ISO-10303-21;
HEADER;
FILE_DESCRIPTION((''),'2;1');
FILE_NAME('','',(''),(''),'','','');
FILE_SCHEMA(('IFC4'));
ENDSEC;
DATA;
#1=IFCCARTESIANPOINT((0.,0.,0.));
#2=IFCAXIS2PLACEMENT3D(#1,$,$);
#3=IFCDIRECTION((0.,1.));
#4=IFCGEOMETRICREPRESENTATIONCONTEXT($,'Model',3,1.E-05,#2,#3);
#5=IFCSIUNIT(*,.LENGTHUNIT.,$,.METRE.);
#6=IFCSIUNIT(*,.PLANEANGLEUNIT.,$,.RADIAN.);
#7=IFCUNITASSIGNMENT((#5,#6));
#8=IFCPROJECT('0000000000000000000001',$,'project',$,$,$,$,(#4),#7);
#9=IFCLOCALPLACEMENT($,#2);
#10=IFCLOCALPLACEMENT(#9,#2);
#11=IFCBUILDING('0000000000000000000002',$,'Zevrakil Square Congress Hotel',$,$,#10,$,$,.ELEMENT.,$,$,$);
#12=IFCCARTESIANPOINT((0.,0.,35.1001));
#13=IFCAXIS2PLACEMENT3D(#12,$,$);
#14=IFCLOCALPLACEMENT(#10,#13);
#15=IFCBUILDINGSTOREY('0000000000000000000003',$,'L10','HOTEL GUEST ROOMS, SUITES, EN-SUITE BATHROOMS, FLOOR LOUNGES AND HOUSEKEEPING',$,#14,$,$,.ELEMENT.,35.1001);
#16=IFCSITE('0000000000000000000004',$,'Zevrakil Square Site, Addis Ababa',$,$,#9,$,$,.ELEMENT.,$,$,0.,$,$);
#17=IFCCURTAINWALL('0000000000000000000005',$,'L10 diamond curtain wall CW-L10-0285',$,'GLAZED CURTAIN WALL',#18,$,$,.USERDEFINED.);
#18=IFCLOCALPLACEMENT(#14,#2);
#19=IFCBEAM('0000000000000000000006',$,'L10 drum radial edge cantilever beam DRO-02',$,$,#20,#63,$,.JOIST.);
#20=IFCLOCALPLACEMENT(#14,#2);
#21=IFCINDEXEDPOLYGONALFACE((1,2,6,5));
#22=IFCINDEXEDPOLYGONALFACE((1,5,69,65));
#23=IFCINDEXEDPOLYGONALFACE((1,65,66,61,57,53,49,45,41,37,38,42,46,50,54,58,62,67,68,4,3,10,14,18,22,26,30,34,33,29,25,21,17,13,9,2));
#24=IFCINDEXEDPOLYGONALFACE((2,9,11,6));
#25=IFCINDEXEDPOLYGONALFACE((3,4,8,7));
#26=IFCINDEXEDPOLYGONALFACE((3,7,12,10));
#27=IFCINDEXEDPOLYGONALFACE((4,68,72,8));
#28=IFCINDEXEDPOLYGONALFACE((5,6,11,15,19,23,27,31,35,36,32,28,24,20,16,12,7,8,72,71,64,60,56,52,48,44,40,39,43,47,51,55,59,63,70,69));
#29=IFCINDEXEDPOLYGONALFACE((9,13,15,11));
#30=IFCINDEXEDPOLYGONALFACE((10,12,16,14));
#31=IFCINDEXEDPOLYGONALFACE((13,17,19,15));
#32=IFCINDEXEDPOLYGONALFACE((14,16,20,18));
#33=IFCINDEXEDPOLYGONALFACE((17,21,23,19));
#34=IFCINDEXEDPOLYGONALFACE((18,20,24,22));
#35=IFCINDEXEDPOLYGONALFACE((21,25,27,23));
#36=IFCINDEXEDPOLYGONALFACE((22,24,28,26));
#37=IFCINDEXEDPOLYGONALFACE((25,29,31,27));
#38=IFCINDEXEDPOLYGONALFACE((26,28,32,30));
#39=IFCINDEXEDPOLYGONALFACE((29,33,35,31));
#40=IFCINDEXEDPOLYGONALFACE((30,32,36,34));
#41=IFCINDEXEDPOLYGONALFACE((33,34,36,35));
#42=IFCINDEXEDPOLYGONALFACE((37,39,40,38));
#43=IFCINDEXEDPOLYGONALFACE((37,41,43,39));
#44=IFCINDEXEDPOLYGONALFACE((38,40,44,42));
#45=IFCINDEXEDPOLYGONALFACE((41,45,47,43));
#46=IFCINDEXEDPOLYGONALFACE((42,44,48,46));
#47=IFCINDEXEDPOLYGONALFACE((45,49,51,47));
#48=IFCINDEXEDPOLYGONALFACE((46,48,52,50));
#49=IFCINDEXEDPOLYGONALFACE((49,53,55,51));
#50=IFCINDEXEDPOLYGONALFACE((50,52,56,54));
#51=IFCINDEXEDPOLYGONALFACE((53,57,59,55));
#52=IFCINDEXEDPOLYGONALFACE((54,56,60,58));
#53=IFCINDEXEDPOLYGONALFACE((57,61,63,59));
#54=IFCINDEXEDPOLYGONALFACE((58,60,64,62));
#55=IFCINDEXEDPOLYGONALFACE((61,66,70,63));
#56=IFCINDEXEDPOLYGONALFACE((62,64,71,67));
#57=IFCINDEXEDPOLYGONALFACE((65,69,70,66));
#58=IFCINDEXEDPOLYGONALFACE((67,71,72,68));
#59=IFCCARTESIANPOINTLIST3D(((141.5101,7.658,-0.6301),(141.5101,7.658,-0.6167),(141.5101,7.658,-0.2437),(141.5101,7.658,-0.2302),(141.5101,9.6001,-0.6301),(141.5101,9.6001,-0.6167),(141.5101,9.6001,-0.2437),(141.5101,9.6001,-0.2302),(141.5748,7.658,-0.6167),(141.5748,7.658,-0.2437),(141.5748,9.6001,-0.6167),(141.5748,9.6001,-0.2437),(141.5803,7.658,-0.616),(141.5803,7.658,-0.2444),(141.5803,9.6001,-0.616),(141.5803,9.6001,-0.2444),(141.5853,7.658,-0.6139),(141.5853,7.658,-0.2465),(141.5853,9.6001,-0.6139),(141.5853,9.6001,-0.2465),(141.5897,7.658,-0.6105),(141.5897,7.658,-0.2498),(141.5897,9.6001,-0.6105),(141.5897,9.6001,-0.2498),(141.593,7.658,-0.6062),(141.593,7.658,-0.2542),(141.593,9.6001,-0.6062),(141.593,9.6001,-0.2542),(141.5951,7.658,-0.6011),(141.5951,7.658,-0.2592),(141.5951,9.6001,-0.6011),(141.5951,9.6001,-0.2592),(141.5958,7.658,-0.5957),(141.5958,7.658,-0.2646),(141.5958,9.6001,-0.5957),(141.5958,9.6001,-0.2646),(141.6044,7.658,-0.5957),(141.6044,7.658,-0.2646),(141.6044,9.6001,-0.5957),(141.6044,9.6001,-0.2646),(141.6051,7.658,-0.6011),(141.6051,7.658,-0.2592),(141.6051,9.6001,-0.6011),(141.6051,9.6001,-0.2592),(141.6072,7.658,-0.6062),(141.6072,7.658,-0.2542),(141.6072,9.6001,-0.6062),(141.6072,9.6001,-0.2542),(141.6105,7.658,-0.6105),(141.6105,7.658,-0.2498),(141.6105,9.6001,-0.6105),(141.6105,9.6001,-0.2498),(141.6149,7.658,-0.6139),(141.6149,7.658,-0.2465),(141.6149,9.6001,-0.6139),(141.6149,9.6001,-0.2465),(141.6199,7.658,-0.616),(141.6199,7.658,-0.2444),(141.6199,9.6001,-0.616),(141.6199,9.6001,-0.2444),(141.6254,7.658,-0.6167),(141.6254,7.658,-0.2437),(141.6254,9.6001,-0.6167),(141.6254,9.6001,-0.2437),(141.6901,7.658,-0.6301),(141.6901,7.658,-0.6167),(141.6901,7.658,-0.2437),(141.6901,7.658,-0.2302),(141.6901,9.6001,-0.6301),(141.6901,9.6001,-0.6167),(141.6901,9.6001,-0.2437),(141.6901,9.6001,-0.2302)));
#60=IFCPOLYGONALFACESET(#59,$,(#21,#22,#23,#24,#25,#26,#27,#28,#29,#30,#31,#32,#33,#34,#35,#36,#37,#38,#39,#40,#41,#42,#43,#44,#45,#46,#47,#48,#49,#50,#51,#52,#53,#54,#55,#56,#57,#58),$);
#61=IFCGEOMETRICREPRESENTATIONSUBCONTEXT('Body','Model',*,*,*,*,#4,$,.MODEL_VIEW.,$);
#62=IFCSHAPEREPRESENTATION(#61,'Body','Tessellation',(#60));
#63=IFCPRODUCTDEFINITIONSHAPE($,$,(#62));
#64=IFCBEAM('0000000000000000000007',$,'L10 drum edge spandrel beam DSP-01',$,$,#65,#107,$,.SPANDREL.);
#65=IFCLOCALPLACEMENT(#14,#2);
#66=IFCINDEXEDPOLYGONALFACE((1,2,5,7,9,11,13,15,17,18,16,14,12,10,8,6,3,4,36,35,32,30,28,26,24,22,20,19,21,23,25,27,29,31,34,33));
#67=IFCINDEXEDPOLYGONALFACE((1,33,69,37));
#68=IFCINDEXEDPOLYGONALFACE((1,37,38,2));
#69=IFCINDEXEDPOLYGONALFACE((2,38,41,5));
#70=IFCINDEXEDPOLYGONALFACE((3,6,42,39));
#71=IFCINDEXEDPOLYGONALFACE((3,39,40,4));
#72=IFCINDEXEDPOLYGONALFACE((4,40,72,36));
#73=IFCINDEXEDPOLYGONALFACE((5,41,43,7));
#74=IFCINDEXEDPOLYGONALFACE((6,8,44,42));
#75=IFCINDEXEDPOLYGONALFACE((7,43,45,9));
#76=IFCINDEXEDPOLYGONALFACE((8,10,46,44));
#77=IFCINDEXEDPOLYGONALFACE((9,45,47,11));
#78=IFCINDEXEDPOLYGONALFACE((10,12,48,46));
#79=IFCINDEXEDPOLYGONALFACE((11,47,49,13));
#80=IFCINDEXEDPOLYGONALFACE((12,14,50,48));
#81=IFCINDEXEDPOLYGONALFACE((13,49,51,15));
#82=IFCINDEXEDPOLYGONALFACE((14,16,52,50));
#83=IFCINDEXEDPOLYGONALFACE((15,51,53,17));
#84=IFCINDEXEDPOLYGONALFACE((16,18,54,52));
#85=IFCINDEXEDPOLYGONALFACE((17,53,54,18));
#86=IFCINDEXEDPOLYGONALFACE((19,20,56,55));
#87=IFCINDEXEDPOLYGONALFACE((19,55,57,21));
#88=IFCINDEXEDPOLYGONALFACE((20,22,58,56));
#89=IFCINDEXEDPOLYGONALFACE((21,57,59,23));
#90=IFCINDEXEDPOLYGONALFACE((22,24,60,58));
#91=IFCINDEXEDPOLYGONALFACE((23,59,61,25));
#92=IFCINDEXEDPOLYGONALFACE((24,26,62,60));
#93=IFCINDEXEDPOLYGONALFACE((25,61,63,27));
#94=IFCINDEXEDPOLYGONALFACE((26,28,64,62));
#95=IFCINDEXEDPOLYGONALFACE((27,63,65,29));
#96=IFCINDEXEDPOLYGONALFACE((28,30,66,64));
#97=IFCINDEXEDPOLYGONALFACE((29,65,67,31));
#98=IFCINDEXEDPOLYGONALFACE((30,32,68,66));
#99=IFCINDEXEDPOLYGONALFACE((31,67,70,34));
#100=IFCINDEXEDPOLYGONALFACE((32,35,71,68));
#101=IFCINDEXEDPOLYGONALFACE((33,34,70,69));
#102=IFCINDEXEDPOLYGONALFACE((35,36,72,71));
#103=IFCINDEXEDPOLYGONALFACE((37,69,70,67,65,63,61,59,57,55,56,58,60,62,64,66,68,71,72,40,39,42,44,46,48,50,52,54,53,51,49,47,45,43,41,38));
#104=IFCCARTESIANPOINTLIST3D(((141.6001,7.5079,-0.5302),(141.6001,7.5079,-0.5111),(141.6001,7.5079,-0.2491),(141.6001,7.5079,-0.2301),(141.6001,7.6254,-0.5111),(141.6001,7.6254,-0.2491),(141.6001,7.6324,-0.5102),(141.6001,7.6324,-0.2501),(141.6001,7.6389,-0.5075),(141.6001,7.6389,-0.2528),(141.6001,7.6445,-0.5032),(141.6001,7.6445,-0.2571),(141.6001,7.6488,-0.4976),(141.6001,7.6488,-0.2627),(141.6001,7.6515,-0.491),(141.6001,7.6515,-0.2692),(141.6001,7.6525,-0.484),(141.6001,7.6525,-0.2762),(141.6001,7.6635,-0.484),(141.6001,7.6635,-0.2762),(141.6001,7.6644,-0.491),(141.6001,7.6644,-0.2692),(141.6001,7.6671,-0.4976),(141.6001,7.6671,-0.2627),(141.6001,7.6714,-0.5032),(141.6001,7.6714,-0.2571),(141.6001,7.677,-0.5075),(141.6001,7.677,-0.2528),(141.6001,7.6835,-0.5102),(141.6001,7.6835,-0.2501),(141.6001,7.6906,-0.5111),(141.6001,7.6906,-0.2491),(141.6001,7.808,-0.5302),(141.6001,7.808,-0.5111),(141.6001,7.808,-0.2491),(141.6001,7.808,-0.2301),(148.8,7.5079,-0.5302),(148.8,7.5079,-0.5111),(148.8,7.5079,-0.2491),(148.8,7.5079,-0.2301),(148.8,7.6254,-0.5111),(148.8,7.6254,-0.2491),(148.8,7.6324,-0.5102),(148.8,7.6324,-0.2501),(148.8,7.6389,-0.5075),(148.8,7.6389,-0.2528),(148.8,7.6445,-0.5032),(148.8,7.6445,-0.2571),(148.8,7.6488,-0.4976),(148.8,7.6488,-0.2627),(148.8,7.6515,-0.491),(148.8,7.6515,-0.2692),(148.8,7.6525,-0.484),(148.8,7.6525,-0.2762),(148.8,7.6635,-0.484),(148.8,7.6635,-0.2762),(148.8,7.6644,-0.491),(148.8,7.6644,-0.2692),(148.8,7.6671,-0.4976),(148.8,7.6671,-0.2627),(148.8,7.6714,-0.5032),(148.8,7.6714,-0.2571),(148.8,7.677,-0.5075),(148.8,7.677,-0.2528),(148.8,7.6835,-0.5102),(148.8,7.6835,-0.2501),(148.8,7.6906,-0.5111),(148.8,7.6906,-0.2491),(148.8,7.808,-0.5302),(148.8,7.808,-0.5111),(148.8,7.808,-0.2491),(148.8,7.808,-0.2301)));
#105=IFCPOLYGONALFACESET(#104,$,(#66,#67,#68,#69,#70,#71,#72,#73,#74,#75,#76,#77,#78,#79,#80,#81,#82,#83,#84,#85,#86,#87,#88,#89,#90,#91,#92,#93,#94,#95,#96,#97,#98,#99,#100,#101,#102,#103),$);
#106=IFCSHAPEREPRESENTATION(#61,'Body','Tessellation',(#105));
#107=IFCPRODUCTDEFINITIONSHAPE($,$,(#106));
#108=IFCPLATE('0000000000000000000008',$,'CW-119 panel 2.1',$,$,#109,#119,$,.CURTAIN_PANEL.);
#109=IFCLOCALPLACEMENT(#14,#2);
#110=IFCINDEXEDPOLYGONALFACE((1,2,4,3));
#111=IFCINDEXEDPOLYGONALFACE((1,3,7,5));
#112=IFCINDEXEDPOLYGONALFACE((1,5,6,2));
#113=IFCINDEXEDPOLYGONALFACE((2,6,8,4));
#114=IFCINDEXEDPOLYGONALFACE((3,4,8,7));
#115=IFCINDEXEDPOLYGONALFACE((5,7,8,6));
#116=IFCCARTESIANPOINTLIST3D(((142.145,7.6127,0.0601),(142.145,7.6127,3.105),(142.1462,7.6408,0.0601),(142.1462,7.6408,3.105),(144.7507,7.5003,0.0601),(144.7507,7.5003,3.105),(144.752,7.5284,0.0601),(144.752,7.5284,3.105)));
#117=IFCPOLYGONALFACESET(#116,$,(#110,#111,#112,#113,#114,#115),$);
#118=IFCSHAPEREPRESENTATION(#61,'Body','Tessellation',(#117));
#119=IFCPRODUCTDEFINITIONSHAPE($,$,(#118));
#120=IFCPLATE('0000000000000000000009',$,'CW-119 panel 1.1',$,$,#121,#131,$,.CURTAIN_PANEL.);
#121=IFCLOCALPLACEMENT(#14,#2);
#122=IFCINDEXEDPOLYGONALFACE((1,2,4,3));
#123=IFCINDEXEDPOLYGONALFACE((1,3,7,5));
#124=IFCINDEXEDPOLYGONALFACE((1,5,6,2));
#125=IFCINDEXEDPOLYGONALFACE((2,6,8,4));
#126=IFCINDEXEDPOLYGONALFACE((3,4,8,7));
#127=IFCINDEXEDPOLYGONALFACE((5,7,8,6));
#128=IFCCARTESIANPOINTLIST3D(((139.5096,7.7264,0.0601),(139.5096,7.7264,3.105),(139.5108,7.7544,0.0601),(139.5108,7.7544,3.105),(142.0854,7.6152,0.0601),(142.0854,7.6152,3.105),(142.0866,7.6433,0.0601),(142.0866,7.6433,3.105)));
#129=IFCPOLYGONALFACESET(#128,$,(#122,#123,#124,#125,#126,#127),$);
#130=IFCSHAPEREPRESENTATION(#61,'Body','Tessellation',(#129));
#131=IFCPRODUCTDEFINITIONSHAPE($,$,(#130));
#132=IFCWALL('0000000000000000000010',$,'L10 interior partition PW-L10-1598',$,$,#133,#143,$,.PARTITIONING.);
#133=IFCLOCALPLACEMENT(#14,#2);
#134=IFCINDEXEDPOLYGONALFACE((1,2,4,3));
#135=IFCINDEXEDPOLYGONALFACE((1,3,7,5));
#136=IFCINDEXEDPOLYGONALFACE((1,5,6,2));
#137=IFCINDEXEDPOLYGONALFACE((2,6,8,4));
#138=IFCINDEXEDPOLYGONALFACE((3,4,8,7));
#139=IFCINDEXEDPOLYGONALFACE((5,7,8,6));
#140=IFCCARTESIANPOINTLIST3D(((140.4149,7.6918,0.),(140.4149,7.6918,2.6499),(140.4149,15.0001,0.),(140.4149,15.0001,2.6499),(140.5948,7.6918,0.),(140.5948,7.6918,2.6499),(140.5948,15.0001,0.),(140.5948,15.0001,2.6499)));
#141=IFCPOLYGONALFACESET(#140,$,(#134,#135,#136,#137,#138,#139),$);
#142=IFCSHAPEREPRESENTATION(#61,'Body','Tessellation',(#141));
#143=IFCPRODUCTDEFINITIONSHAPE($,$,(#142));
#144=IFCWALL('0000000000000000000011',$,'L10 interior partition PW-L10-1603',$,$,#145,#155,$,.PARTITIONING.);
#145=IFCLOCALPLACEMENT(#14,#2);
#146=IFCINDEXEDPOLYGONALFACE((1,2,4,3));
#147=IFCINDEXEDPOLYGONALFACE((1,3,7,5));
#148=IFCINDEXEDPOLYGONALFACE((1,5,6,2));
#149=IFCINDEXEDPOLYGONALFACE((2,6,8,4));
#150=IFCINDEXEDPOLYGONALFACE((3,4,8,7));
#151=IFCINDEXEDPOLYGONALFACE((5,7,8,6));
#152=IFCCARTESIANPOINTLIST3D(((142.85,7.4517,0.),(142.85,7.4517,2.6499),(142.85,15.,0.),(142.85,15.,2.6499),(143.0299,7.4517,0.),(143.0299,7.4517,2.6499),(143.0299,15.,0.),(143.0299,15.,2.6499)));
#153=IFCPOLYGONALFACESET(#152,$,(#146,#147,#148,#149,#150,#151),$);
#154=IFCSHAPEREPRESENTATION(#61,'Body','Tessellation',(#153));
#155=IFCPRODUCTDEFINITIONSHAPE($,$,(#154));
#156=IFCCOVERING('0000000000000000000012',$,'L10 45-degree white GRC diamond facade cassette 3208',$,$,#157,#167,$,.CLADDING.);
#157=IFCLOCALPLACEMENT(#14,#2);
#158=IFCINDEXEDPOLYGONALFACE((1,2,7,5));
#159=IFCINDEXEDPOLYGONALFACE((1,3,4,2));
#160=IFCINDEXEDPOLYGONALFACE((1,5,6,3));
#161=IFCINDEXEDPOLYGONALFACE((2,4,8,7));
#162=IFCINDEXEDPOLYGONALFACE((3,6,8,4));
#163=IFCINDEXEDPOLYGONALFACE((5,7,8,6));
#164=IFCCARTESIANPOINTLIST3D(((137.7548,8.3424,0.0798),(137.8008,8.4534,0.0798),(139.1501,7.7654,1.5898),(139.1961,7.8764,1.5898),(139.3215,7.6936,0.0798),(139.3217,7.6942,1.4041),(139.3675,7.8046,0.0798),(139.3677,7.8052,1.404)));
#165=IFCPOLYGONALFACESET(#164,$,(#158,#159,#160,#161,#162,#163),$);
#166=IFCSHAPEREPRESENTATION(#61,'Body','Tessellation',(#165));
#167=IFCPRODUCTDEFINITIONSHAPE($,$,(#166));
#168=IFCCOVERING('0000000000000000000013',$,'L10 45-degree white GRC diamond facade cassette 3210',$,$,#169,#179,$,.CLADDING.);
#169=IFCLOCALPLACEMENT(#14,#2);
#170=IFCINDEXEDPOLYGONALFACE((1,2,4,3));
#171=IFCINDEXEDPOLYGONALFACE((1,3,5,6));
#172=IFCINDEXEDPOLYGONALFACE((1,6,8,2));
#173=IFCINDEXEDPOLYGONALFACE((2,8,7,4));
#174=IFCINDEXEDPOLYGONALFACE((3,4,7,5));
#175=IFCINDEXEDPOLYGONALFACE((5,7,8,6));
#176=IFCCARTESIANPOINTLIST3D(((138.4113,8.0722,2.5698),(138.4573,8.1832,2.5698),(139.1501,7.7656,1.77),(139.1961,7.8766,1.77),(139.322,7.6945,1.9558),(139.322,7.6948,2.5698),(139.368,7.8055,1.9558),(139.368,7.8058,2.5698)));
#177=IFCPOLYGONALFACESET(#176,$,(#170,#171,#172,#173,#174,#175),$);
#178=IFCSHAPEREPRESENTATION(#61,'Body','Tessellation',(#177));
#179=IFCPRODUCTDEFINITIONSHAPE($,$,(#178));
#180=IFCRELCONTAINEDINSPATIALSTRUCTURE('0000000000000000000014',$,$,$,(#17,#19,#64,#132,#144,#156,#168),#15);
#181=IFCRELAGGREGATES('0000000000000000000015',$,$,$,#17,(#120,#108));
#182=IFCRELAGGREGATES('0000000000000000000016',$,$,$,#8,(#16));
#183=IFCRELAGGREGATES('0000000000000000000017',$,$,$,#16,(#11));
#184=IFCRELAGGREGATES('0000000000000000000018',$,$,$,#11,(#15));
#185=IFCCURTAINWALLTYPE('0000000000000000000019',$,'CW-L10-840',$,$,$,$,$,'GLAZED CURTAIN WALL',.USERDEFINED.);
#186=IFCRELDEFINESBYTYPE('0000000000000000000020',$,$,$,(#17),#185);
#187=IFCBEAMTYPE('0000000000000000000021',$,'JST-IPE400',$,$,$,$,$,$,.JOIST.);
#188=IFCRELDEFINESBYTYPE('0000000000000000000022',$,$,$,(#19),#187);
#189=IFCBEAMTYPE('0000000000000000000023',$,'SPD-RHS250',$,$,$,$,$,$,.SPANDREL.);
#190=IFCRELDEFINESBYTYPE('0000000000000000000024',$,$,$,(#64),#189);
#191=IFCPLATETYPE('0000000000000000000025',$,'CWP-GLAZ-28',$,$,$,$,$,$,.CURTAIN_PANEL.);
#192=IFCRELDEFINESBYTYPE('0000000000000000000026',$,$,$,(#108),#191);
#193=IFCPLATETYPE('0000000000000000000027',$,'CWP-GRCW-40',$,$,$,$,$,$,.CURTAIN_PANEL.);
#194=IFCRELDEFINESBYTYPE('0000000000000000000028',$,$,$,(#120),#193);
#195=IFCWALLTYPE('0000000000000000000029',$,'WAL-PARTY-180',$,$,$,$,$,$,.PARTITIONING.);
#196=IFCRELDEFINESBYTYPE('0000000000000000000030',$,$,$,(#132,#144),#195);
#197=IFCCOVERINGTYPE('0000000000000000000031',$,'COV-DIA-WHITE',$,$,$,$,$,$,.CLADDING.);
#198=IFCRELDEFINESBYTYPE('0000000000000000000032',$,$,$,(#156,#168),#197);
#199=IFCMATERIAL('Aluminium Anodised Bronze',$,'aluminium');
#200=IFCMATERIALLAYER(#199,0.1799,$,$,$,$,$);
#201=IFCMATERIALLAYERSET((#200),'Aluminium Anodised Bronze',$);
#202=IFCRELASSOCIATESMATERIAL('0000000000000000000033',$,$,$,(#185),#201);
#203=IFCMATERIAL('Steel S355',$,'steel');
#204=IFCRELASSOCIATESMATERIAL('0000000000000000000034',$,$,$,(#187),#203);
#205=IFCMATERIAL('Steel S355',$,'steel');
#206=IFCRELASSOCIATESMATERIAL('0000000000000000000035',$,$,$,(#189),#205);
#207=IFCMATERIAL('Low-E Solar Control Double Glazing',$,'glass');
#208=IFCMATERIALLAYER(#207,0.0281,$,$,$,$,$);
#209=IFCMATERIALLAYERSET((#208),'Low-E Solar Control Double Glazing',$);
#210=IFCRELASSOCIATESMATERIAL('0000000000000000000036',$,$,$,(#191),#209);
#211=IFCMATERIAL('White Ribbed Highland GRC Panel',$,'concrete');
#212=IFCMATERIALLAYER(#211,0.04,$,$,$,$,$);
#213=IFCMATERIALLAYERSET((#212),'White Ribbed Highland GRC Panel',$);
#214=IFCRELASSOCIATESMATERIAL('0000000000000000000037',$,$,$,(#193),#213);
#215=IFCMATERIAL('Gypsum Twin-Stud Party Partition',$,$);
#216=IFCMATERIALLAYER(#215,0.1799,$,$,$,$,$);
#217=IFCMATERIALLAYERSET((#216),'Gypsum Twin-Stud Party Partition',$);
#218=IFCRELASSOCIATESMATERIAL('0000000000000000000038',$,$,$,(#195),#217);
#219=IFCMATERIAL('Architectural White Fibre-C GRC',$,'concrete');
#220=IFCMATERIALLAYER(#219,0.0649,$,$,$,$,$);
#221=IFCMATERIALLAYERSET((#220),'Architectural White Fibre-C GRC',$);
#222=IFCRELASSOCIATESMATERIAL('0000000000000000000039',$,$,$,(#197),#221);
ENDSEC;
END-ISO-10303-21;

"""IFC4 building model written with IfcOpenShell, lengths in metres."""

from ifc_helpers import new_model, si_unit, direction, frame, frame_2d, origin, origin_2d, place, context, subcontext, project, spatial, polyline, rectangle, i_section, outline, extrude, material, layer, layer_set, material_profile, profile_set, type_object, element, aggregate, save


model = new_model("IFC4")

# Units and contexts
model_context = context("Model", 3, precision=1e-05, world=origin(), true_north=direction((0.0, 1.0)))
body_context = subcontext(model_context, "Body", "Model", "MODEL_VIEW")
ifc_project = project(units=[si_unit("LENGTHUNIT", "METRE"), si_unit("PLANEANGLEUNIT", "RADIAN")], contexts=[model_context])

# Site, building, storey
site_placement = place(None, origin())
site = spatial("IfcSite", under=ifc_project, at=site_placement, Name="Zevrakil Square Site, Addis Ababa", CompositionType="ELEMENT", RefElevation=0.0)
building_placement = place(site_placement, origin())
building = spatial("IfcBuilding", under=site, at=building_placement, Name="Zevrakil Square Congress Hotel", CompositionType="ELEMENT")
storey_placement = place(building_placement, frame((0.0, 0.0, 35.1001)))
storey = spatial("IfcBuildingStorey", under=building, at=storey_placement, Name="L10", Description="HOTEL GUEST ROOMS, SUITES, EN-SUITE BATHROOMS, FLOOR LOUNGES AND HOUSEKEEPING", CompositionType="ELEMENT", Elevation=35.1001)

# Curtain wall
ifc_material_1 = material(Name="Aluminium Anodised Bronze", Category="aluminium")
ifc_layer_1 = layer(ifc_material_1, 0.1799)
ifc_layer_set_1 = layer_set([ifc_layer_1], Name="Aluminium Anodised Bronze")
curtain_wall_type_1 = type_object("IfcCurtainWallType", Name="CW-L10-840", ElementType="GLAZED CURTAIN WALL", PredefinedType="USERDEFINED", material=ifc_layer_set_1)
curtain_wall_1_placement = place(storey_placement, origin())
curtain_wall_1 = element("IfcCurtainWall", 1, at=curtain_wall_1_placement, inside=storey, type_object=curtain_wall_type_1, Name="L10 diamond curtain wall CW-L10-0285", ObjectType="GLAZED CURTAIN WALL", PredefinedType="USERDEFINED")

# Beams
ifc_material_2 = material(Name="Steel S355", Category="steel")
ifc_material_profile_1 = material_profile(ifc_material_2, i_section(OverallWidth=0.1799, OverallDepth=0.3999, WebThickness=0.0085, FlangeThickness=0.0134, FilletRadius=0.021, at=origin_2d()), Name="IPE 400")
ifc_profile_set_1 = profile_set([ifc_material_profile_1], Name="Steel S355")
beam_type_1 = type_object("IfcBeamType", Name="JST-IPE400", PredefinedType="JOIST", material=ifc_profile_set_1)
beam_1_placement = place(storey_placement, frame((141.6001, 9.6001, -0.4302), z_axis=(0.0, -1.0, 0.0), x_axis=(1.0, 0.0, 0.0)))
element("IfcBeam", 2, at=beam_1_placement, inside=storey, type_object=beam_type_1, Name="L10 drum radial edge cantilever beam DRO-02", PredefinedType="JOIST", context=body_context, shape_type="SweptSolid", body=[
    extrude(i_section(OverallWidth=0.1799, OverallDepth=0.3999, WebThickness=0.0085, FlangeThickness=0.0134, FilletRadius=0.021, at=origin_2d()), origin(), (0.0, 0.0, 1.0), 1.9421),
])
ifc_material_3 = material(Name="Steel S355", Category="steel")
ifc_material_profile_2 = material_profile(ifc_material_3, i_section(OverallWidth=0.3, OverallDepth=0.3, WebThickness=0.011, FlangeThickness=0.019, FilletRadius=0.0271, at=origin_2d()), Name="HEB 300")
ifc_profile_set_2 = profile_set([ifc_material_profile_2], Name="Steel S355")
beam_type_2 = type_object("IfcBeamType", Name="SPD-RHS250", PredefinedType="SPANDREL", material=ifc_profile_set_2)
beam_2_placement = place(storey_placement, frame((141.6001, 7.658, -0.3801), z_axis=(1.0, 0.0, 0.0), x_axis=(0.0, 1.0, 0.0)))
element("IfcBeam", 3, at=beam_2_placement, inside=storey, type_object=beam_type_2, Name="L10 drum edge spandrel beam DSP-01", PredefinedType="SPANDREL", context=body_context, shape_type="SweptSolid", body=[
    extrude(i_section(OverallWidth=0.3, OverallDepth=0.3, WebThickness=0.011, FlangeThickness=0.019, FilletRadius=0.0271, at=origin_2d()), origin(), (0.0, 0.0, 1.0), 7.2),
])

# Plates
ifc_material_4 = material(Name="Low-E Solar Control Double Glazing", Category="glass")
ifc_layer_2 = layer(ifc_material_4, 0.0281)
ifc_layer_set_2 = layer_set([ifc_layer_2], Name="Low-E Solar Control Double Glazing")
plate_type_1 = type_object("IfcPlateType", Name="CWP-GLAZ-28", PredefinedType="CURTAIN_PANEL", material=ifc_layer_set_2)
plate_1_placement = place(storey_placement, frame((143.4485, 7.5706, 0.0601), z_axis=(0.0, 0.0, 1.0), x_axis=(0.999071, -0.043102, 0.0)))
plate_1 = element("IfcPlate", 4, at=plate_1_placement, type_object=plate_type_1, Name="CW-119 panel 2.1", PredefinedType="CURTAIN_PANEL", context=body_context, shape_type="SweptSolid", body=[
    extrude(rectangle(XDim=2.6082, YDim=0.0281, at=origin_2d()), origin(), (0.0, 0.0, 1.0), 3.0449),
])
ifc_material_5 = material(Name="White Ribbed Highland GRC Panel", Category="concrete")
ifc_layer_3 = layer(ifc_material_5, 0.04)
ifc_layer_set_3 = layer_set([ifc_layer_3], Name="White Ribbed Highland GRC Panel")
plate_type_2 = type_object("IfcPlateType", Name="CWP-GRCW-40", PredefinedType="CURTAIN_PANEL", material=ifc_layer_set_3)
plate_2_placement = place(storey_placement, frame((140.7981, 7.6848, 0.0601), z_axis=(0.0, 0.0, 1.0), x_axis=(0.999071, -0.043102, 0.0)))
plate_2 = element("IfcPlate", 5, at=plate_2_placement, type_object=plate_type_2, Name="CW-119 panel 1.1", PredefinedType="CURTAIN_PANEL", context=body_context, shape_type="SweptSolid", body=[
    extrude(rectangle(XDim=2.5781, YDim=0.0281, at=origin_2d()), origin(), (0.0, 0.0, 1.0), 3.0449),
])
aggregate(curtain_wall_1, [plate_2, plate_1])

# Walls
ifc_material_6 = material(Name="Gypsum Twin-Stud Party Partition")
ifc_layer_4 = layer(ifc_material_6, 0.1799)
ifc_layer_set_4 = layer_set([ifc_layer_4], Name="Gypsum Twin-Stud Party Partition")
wall_type = type_object("IfcWallType", Name="WAL-PARTY-180", PredefinedType="PARTITIONING", material=ifc_layer_set_4)
wall_1_placement = place(storey_placement, frame((140.5049, 7.6917, 0.0), z_axis=(0.0, 0.0, 1.0), x_axis=(0.0, 1.0, 0.0)))
element("IfcWall", 6, at=wall_1_placement, inside=storey, type_object=wall_type, Name="L10 interior partition PW-L10-1598", PredefinedType="PARTITIONING", context=body_context, shape_type="SweptSolid", body=[
    extrude(rectangle(XDim=7.3083, YDim=0.1799, at=frame_2d((3.6543, 0.0))), origin(), (0.0, 0.0, 1.0), 2.6499),
])
wall_2_placement = place(storey_placement, frame((142.9399, 7.4517, 0.0), z_axis=(0.0, 0.0, 1.0), x_axis=(0.0, 1.0, 0.0)))
element("IfcWall", 7, at=wall_2_placement, inside=storey, type_object=wall_type, Name="L10 interior partition PW-L10-1603", PredefinedType="PARTITIONING", context=body_context, shape_type="SweptSolid", body=[
    extrude(rectangle(XDim=7.5483, YDim=0.1799, at=frame_2d((3.7742, 0.0))), origin(), (0.0, 0.0, 1.0), 2.6499),
])

# Coverings
ifc_material_7 = material(Name="Architectural White Fibre-C GRC", Category="concrete")
ifc_layer_5 = layer(ifc_material_7, 0.0649)
ifc_layer_set_5 = layer_set([ifc_layer_5], Name="Architectural White Fibre-C GRC")
covering_type_1 = type_object("IfcCoveringType", Name="COV-DIA-WHITE", PredefinedType="CLADDING", material=ifc_layer_set_5)
covering_1_placement = place(storey_placement, frame((139.1501, 7.7654, 1.5898), z_axis=(-0.382616, -0.923907, 0.00049), x_axis=(0.653103, -0.270844, -0.707177)))
element("IfcCovering", 8, at=covering_1_placement, inside=storey, type_object=covering_type_1, Name="L10 45-degree white GRC diamond facade cassette 3208", PredefinedType="CLADDING", context=body_context, shape_type="SweptSolid", body=[
    extrude(outline(polyline([(0.0, 0.0), (0.2627, 0.0), (1.1992, -0.9362), (0.0003, -2.1354), (0.0, 0.0)])), origin(), (0.0, 0.0, -1.0), 0.1201),
])
covering_2_placement = place(storey_placement, frame((139.1501, 7.7656, 1.77), z_axis=(-0.382822, -0.923822, 0.000488), x_axis=(-0.65314, 0.271027, 0.707073)))
element("IfcCovering", 9, at=covering_2_placement, inside=storey, type_object=covering_type_1, Name="L10 45-degree white GRC diamond facade cassette 3210", PredefinedType="CLADDING", context=body_context, shape_type="SweptSolid", body=[
    extrude(outline(polyline([(0.0, 0.0), (1.1311, 0.0), (0.4341, -0.697), (-0.0001, -0.2629), (0.0, 0.0)])), origin(), (0.0, 0.0, -1.0), 0.1201),
])

save(model, "model.ifc")
